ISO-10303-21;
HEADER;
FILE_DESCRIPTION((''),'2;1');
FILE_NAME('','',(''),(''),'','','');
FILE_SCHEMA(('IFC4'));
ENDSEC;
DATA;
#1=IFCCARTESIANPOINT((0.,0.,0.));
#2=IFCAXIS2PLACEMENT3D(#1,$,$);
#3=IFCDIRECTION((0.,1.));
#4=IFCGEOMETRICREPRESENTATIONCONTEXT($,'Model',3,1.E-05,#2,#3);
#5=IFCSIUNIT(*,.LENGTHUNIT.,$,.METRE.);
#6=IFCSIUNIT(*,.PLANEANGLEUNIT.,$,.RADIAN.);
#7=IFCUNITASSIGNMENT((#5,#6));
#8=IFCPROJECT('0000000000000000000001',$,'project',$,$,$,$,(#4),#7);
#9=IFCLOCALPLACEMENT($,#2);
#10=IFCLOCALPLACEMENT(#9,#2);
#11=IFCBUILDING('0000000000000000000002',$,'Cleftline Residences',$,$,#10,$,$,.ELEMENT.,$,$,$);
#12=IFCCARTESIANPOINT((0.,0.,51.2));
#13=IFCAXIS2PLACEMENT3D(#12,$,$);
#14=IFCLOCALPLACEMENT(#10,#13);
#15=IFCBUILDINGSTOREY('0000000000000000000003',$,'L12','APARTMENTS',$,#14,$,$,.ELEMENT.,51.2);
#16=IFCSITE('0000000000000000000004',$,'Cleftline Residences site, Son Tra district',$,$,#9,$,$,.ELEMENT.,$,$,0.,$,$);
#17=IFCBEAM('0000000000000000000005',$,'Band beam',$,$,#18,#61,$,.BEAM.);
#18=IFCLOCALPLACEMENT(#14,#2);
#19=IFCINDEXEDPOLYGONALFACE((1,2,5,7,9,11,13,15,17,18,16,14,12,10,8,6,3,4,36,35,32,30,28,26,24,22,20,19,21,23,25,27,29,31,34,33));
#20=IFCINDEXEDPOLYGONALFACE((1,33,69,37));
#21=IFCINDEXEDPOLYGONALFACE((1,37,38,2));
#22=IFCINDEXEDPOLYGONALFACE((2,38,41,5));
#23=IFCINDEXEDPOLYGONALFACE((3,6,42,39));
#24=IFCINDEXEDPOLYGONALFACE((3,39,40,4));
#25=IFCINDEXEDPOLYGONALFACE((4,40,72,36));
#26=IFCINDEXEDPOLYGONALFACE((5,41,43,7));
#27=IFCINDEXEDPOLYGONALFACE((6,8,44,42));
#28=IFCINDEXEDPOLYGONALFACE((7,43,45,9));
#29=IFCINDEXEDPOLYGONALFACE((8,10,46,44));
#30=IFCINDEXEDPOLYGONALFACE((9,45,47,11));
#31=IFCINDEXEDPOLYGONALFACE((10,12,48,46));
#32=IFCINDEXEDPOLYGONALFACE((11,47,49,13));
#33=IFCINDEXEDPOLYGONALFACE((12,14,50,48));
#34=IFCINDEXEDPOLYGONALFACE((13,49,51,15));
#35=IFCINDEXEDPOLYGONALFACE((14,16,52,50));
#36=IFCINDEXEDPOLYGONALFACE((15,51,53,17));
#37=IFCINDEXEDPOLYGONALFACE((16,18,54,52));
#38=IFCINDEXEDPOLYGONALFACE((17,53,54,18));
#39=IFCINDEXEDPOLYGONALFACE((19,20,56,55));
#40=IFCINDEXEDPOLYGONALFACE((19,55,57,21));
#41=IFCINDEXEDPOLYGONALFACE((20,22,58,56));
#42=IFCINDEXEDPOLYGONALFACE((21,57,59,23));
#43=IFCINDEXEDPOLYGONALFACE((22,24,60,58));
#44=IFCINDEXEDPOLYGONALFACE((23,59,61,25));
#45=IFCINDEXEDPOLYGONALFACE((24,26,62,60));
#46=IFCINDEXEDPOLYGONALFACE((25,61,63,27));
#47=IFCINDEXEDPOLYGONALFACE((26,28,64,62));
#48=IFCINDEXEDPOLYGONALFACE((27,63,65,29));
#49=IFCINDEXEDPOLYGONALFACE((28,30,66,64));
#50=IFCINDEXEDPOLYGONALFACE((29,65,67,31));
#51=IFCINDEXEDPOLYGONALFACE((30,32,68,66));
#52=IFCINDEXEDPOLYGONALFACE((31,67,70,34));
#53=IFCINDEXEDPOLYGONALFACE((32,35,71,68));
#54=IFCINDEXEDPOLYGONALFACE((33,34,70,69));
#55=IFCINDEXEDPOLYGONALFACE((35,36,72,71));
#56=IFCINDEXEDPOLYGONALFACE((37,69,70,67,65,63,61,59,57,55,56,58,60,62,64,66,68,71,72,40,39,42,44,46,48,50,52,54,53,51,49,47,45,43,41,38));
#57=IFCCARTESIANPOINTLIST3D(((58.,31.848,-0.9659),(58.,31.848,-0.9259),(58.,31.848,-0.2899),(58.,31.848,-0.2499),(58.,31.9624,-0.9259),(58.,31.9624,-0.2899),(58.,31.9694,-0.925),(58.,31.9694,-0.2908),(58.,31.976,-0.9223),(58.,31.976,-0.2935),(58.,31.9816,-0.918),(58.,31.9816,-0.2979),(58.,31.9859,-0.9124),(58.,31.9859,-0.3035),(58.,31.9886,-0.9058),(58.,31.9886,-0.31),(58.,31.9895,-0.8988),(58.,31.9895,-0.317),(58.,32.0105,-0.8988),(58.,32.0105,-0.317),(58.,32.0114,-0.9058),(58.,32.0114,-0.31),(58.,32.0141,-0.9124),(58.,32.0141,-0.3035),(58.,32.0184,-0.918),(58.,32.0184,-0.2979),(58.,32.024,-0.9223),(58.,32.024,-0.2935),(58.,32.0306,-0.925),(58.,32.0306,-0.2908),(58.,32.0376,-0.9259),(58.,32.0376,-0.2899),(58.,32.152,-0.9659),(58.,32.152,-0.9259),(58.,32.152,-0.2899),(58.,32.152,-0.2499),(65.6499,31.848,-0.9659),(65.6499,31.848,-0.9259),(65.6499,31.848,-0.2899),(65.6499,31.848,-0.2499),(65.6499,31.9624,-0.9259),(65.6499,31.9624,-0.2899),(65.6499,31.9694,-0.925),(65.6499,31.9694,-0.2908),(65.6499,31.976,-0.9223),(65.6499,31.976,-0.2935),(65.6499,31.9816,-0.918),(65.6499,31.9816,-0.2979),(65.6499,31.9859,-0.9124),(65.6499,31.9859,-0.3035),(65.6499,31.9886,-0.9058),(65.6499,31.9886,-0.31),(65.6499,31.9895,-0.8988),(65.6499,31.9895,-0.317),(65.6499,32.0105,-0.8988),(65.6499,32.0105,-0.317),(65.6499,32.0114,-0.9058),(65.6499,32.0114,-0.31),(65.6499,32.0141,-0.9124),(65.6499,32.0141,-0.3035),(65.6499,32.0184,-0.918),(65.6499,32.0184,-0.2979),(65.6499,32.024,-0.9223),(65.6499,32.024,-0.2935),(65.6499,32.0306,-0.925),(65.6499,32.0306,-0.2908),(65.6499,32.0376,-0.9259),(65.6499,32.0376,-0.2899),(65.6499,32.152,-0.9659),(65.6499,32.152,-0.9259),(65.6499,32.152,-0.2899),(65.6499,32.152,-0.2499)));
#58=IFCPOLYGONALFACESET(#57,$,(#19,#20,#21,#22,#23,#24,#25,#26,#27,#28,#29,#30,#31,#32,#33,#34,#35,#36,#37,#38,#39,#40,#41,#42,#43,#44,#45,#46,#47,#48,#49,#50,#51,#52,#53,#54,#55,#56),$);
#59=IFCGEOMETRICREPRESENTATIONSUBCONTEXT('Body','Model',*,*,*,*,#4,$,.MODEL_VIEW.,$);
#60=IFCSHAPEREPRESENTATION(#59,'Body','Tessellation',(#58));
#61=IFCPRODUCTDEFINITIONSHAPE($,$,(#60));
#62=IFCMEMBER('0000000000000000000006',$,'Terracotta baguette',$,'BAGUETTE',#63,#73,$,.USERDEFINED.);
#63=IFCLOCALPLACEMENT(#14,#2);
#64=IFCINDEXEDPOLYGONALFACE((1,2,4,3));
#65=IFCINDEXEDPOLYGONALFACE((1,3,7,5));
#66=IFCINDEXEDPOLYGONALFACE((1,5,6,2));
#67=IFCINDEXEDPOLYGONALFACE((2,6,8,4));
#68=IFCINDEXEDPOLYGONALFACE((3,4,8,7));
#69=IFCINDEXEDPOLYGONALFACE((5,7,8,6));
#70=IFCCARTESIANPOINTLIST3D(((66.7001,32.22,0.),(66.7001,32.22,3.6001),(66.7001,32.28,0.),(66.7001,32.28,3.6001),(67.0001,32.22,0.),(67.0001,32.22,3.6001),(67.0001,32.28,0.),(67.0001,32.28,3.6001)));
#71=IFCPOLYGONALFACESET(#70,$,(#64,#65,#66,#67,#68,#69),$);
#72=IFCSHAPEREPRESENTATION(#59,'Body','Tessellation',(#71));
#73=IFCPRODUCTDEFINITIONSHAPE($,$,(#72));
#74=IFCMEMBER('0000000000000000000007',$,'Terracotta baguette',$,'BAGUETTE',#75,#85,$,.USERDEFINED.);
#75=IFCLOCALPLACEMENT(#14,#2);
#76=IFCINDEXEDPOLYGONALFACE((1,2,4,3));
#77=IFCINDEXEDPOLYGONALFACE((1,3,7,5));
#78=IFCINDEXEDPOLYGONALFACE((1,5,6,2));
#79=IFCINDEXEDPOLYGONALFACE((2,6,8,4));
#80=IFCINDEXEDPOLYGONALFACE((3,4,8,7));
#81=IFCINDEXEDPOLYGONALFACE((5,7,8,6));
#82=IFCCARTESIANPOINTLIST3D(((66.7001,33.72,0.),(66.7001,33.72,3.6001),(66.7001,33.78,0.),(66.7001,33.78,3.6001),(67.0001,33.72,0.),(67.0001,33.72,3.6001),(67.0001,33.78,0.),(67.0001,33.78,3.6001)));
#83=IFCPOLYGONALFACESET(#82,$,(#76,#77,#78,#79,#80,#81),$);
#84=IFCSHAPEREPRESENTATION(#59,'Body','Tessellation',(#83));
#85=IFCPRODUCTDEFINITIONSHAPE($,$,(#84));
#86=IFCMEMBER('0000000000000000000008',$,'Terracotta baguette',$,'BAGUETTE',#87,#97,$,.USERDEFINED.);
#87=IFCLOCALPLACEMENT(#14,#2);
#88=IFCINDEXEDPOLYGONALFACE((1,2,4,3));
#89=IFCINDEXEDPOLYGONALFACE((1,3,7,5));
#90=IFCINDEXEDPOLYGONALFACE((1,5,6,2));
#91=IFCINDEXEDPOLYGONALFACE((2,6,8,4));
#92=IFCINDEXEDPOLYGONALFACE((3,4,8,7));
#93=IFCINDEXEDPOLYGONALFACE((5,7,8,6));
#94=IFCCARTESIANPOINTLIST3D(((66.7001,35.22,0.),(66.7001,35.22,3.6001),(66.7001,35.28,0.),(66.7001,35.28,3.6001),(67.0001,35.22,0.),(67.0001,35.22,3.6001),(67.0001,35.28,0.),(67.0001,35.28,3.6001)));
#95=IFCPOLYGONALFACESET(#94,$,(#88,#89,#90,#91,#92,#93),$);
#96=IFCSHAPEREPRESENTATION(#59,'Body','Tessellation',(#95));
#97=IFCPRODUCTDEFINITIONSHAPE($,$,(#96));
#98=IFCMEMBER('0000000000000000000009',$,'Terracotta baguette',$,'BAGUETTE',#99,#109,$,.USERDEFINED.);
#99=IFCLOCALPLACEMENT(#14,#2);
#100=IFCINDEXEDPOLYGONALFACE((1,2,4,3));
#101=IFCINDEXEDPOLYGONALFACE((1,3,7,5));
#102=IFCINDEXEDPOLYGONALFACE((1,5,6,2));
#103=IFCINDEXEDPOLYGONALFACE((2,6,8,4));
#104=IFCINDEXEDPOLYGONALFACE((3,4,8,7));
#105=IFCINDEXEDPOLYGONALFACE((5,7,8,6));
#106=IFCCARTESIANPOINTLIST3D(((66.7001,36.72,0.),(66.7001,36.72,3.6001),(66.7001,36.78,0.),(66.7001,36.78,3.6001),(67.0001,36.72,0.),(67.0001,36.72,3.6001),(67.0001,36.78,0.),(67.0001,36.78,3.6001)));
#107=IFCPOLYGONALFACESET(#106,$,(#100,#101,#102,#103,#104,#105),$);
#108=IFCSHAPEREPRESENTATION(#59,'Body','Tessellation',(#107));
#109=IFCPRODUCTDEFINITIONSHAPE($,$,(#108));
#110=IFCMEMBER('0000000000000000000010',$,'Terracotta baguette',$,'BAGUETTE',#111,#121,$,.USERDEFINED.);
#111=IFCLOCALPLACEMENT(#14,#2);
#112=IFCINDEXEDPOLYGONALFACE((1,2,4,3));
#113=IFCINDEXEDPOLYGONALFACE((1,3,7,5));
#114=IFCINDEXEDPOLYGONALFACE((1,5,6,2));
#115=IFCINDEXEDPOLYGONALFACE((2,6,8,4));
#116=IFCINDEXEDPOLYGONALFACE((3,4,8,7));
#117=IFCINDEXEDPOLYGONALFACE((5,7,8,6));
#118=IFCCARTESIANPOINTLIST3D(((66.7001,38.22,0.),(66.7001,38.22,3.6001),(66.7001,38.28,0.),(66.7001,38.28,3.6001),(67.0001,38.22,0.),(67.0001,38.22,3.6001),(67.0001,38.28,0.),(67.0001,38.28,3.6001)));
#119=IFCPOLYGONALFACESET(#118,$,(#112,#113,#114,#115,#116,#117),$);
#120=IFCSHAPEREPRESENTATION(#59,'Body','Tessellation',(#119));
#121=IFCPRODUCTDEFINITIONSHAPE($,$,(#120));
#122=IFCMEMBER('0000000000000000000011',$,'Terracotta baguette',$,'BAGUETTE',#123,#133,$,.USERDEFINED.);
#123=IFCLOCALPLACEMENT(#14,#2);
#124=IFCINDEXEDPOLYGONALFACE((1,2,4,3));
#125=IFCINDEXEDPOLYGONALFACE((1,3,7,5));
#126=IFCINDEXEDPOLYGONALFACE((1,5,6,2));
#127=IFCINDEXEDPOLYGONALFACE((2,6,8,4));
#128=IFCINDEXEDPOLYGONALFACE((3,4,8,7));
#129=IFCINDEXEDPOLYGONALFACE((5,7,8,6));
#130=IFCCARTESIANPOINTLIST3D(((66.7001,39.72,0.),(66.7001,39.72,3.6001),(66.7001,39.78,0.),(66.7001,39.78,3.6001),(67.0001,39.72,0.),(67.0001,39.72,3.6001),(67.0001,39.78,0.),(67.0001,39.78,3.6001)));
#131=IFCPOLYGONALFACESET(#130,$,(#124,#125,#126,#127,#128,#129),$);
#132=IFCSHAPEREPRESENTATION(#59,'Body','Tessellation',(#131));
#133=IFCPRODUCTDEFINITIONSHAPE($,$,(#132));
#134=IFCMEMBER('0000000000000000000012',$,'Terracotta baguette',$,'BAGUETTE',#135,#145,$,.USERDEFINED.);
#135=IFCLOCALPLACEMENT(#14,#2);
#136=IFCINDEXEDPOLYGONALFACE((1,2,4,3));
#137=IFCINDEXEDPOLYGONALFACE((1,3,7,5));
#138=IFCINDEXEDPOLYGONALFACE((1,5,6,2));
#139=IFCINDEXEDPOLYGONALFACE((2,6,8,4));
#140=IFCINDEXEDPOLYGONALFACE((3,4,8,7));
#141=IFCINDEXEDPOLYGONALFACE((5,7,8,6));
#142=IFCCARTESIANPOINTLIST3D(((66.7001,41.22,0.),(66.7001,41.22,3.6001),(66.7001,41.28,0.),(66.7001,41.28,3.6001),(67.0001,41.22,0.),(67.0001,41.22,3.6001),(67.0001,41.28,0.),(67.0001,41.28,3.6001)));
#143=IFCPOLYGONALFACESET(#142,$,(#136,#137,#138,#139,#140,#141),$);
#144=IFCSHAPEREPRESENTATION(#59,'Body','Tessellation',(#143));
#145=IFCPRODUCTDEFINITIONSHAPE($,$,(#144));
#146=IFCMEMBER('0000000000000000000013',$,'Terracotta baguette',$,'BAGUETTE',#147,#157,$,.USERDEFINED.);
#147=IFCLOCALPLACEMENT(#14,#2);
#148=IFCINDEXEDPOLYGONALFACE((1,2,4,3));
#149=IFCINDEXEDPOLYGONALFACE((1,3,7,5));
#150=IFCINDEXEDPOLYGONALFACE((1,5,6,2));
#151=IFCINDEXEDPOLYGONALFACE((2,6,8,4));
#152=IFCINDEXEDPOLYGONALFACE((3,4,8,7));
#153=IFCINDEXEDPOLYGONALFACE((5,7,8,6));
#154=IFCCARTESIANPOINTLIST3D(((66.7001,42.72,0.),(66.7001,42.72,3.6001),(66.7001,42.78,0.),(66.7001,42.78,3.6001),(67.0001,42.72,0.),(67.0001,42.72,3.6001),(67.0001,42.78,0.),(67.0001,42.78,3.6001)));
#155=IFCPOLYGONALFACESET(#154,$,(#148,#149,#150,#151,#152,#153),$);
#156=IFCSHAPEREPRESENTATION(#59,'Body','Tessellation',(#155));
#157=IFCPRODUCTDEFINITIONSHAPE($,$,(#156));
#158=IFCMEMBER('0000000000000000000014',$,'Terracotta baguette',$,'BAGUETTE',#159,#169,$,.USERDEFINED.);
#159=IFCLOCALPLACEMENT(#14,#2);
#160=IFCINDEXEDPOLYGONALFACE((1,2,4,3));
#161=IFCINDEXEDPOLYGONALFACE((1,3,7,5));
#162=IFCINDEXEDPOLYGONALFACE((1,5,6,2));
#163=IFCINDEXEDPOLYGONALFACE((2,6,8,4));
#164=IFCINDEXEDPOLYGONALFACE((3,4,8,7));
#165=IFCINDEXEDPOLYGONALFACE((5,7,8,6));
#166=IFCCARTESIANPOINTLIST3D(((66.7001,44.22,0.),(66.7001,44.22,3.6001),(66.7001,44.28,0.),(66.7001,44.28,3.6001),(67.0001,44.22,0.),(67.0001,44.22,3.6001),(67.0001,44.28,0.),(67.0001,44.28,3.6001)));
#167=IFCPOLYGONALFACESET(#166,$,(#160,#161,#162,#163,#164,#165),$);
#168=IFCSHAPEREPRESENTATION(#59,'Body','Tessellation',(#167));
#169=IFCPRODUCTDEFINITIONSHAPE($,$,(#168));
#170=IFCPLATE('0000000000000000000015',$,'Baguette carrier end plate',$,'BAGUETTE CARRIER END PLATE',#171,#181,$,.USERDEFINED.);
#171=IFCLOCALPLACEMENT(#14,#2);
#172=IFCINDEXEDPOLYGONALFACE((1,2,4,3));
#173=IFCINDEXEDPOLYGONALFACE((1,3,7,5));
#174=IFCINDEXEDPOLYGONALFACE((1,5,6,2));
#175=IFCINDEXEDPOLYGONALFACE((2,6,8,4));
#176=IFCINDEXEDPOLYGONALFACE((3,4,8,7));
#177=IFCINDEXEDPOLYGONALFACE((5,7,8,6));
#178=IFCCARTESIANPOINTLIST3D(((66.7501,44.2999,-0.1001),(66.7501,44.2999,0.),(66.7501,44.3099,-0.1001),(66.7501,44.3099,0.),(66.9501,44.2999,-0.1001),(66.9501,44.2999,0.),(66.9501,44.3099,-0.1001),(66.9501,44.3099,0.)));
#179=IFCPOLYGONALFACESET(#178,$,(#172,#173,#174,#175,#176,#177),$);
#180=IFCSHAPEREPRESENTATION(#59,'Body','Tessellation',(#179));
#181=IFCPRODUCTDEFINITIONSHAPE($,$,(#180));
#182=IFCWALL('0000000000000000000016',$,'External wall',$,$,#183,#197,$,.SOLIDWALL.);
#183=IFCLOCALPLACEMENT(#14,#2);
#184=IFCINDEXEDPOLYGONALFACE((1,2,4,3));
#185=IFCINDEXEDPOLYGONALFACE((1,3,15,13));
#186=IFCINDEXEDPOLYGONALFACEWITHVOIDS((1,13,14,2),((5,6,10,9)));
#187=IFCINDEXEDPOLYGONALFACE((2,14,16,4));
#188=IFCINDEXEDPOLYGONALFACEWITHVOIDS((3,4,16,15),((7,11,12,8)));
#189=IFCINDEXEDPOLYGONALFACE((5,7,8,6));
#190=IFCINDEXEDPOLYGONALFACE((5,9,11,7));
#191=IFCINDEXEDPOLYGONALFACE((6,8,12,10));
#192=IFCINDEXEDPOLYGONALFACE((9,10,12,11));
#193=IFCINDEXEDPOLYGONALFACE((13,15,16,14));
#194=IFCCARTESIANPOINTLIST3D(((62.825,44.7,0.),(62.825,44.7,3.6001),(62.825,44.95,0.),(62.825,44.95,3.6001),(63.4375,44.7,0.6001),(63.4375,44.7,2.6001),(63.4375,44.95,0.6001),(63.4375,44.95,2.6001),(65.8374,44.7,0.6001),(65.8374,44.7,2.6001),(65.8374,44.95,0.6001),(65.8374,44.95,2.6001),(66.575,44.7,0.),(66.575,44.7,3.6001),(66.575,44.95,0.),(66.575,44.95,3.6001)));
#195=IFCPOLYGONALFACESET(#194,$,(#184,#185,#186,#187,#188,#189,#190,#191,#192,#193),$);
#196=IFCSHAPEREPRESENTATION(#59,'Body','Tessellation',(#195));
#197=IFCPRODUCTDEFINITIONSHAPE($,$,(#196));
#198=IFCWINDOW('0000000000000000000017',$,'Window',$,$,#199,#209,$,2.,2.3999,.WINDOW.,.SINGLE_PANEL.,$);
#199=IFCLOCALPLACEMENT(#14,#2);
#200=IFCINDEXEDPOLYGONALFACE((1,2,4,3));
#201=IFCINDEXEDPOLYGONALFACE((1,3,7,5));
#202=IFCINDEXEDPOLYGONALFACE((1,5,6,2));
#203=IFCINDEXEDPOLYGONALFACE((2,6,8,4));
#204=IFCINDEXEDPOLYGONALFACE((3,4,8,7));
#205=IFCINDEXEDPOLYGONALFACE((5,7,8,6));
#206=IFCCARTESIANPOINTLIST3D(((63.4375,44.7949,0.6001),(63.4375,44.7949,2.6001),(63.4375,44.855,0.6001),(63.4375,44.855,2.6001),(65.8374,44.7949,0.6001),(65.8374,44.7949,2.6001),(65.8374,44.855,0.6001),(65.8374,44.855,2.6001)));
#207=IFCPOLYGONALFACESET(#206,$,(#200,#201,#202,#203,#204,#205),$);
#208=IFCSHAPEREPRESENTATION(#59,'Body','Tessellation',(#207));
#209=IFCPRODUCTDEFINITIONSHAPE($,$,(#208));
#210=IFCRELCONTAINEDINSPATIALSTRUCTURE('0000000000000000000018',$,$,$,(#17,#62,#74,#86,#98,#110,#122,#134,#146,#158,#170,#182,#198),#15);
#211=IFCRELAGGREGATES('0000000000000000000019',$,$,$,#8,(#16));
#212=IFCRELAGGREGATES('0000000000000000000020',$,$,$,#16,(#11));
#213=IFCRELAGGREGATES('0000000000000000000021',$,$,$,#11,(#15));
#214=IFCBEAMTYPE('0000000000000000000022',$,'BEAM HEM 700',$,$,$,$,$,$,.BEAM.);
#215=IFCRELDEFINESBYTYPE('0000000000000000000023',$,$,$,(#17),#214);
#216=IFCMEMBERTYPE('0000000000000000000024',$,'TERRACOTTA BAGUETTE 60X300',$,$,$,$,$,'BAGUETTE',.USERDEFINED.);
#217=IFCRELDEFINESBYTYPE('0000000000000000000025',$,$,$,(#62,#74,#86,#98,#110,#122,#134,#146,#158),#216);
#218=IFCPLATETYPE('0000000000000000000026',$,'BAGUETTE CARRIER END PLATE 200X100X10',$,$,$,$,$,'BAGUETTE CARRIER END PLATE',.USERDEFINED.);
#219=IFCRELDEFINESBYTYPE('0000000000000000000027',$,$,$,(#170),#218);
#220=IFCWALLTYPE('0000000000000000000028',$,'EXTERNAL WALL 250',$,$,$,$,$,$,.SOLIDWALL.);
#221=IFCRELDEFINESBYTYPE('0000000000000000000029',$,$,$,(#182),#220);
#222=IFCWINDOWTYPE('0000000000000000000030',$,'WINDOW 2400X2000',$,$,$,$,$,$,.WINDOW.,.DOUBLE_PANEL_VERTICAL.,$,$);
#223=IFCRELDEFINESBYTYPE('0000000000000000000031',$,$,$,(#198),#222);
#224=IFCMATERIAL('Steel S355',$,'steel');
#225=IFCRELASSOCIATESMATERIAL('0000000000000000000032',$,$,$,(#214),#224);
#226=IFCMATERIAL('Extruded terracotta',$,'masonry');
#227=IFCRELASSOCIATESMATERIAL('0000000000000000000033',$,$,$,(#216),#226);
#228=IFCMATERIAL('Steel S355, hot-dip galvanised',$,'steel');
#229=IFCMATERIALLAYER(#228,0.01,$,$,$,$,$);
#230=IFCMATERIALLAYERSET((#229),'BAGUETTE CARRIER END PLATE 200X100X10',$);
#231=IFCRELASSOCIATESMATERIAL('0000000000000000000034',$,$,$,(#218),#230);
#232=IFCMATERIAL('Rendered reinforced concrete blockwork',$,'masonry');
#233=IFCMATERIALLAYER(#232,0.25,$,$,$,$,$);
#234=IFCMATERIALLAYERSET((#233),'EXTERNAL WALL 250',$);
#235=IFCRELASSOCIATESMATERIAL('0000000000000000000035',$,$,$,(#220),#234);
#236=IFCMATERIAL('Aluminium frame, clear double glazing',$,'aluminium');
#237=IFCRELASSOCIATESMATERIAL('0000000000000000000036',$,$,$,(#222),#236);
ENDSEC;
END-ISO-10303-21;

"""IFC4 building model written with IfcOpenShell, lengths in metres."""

from ifc_helpers import new_model, si_unit, direction, frame, frame_2d, origin, origin_2d, place, context, subcontext, project, spatial, rectangle, i_section, extrude, material, layer, layer_set, material_profile, profile_set, type_object, element, fill, save


model = new_model("IFC4")

# Units and contexts
model_context = context("Model", 3, precision=1e-05, world=origin(), true_north=direction((0.0, 1.0)))
body_context = subcontext(model_context, "Body", "Model", "MODEL_VIEW")
ifc_project = project(units=[si_unit("LENGTHUNIT", "METRE"), si_unit("PLANEANGLEUNIT", "RADIAN")], contexts=[model_context])

# Site, building, storey
site_placement = place(None, origin())
site = spatial("IfcSite", under=ifc_project, at=site_placement, Name="Cleftline Residences site, Son Tra district", CompositionType="ELEMENT", RefElevation=0.0)
building_placement = place(site_placement, origin())
building = spatial("IfcBuilding", under=site, at=building_placement, Name="Cleftline Residences", CompositionType="ELEMENT")
storey_placement = place(building_placement, frame((0.0, 0.0, 51.2)))
storey = spatial("IfcBuildingStorey", under=building, at=storey_placement, Name="L12", Description="APARTMENTS", CompositionType="ELEMENT", Elevation=51.2)

# Beam
ifc_material_1 = material(Name="Steel S355", Category="steel")
ifc_material_profile_1 = material_profile(ifc_material_1, i_section(OverallWidth=0.304, OverallDepth=0.7161, WebThickness=0.021, FlangeThickness=0.04, FilletRadius=0.0271, at=origin_2d()))
ifc_profile_set_1 = profile_set([ifc_material_profile_1], Name="Steel S355")
beam_type_1 = type_object("IfcBeamType", Name="BEAM HEM 700", PredefinedType="BEAM", material=ifc_profile_set_1)
beam_placement = place(storey_placement, frame((65.6499, 32.0, -0.6079), z_axis=(-1.0, 0.0, 0.0), x_axis=(0.0, -1.0, 0.0)))
element("IfcBeam", 1, at=beam_placement, inside=storey, type_object=beam_type_1, Name="Band beam", PredefinedType="BEAM", context=body_context, shape_type="SweptSolid", body=[
    extrude(i_section(OverallWidth=0.304, OverallDepth=0.7161, WebThickness=0.021, FlangeThickness=0.04, FilletRadius=0.0271, at=origin_2d()), origin(), (0.0, 0.0, 1.0), 7.6499),
])

# Members
ifc_material_2 = material(Name="Extruded terracotta", Category="masonry")
ifc_material_profile_2 = material_profile(ifc_material_2, rectangle(XDim=0.0601, YDim=0.3, at=origin_2d()))
ifc_profile_set_2 = profile_set([ifc_material_profile_2], Name="Extruded terracotta")
member_type_1 = type_object("IfcMemberType", Name="TERRACOTTA BAGUETTE 60X300", ElementType="BAGUETTE", PredefinedType="USERDEFINED", material=ifc_profile_set_2)
for number, where, z_axis, x_axis, name in (
    (2, (66.8501, 32.25, 0.0), (0.0, 0.0, 1.0), (0.0, 1.0, 0.0), "Terracotta baguette"),
    (3, (66.8501, 33.75, 0.0), (0.0, 0.0, 1.0), (0.0, 1.0, 0.0), "Terracotta baguette"),
    (4, (66.8501, 35.25, 0.0), (0.0, 0.0, 1.0), (0.0, 1.0, 0.0), "Terracotta baguette"),
    (5, (66.8501, 36.75, 0.0), (0.0, 0.0, 1.0), (0.0, 1.0, 0.0), "Terracotta baguette"),
    (6, (66.8501, 38.25, 0.0), (0.0, 0.0, 1.0), (0.0, 1.0, 0.0), "Terracotta baguette"),
    (7, (66.8501, 39.75, 0.0), (0.0, 0.0, 1.0), (0.0, 1.0, 0.0), "Terracotta baguette"),
    (8, (66.8501, 41.25, 0.0), (0.0, 0.0, 1.0), (0.0, 1.0, 0.0), "Terracotta baguette"),
    (9, (66.8501, 42.75, 0.0), (0.0, 0.0, 1.0), (0.0, 1.0, 0.0), "Terracotta baguette"),
    (10, (66.8501, 44.25, 0.0), (0.0, 0.0, 1.0), (0.0, 1.0, 0.0), "Terracotta baguette"),
):
    element("IfcMember", number, at=place(storey_placement, frame(where, z_axis=z_axis, x_axis=x_axis)), inside=storey, type_object=member_type_1, Name=name, ObjectType="BAGUETTE", PredefinedType="USERDEFINED", context=body_context, shape_type="SweptSolid", body=[
        extrude(rectangle(XDim=0.0601, YDim=0.3, at=origin_2d()), origin(), (0.0, 0.0, 1.0), 3.6001),
    ])

# Plate
ifc_material_3 = material(Name="Steel S355, hot-dip galvanised", Category="steel")
ifc_layer_1 = layer(ifc_material_3, 0.01)
ifc_layer_set_1 = layer_set([ifc_layer_1], Name="BAGUETTE CARRIER END PLATE 200X100X10")
plate_type = type_object("IfcPlateType", Name="BAGUETTE CARRIER END PLATE 200X100X10", ElementType="BAGUETTE CARRIER END PLATE", PredefinedType="USERDEFINED", material=ifc_layer_set_1)
plate_placement = place(storey_placement, frame((66.8501, 44.3049, -0.1001), z_axis=(0.0, 0.0, 1.0), x_axis=(1.0, 0.0, 0.0)))
element("IfcPlate", 11, at=plate_placement, inside=storey, type_object=plate_type, Name="Baguette carrier end plate", ObjectType="BAGUETTE CARRIER END PLATE", PredefinedType="USERDEFINED", context=body_context, shape_type="SweptSolid", body=[
    extrude(rectangle(XDim=0.2, YDim=0.01, at=origin_2d()), origin(), (0.0, 0.0, 1.0), 0.1001),
])

# Wall, opening, window
ifc_material_4 = material(Name="Rendered reinforced concrete blockwork", Category="masonry")
ifc_layer_2 = layer(ifc_material_4, 0.25)
ifc_layer_set_2 = layer_set([ifc_layer_2], Name="EXTERNAL WALL 250")
wall_type_1 = type_object("IfcWallType", Name="EXTERNAL WALL 250", PredefinedType="SOLIDWALL", material=ifc_layer_set_2)
wall_1_placement = place(storey_placement, frame((66.575, 44.825, 0.0), z_axis=(0.0, 0.0, 1.0), x_axis=(-1.0, 0.0, 0.0)))
wall_1 = element("IfcWall", 12, at=wall_1_placement, inside=storey, type_object=wall_type_1, Name="External wall", PredefinedType="SOLIDWALL", context=body_context, shape_type="SweptSolid", body=[
    extrude(rectangle(XDim=3.75, YDim=0.25, at=frame_2d((1.875, 0.0))), origin(), (0.0, 0.0, 1.0), 3.6001),
])
opening_1_placement = place(wall_1_placement, frame((0.7375, 0.0, 0.6001)))
opening_1 = element("IfcOpeningElement", 13, at=opening_1_placement, cuts=wall_1, PredefinedType="OPENING", context=body_context, shape_type="SweptSolid", body=[
    extrude(rectangle(XDim=2.3999, YDim=2.0, at=frame_2d((1.2, 1.0))), frame((0.0, 0.135, 0.0), z_axis=(0.0, -1.0, 0.0), x_axis=(1.0, 0.0, 0.0)), (0.0, 0.0, 1.0), 0.27),
])
ifc_material_5 = material(Name="Aluminium frame, clear double glazing", Category="aluminium")
window_type_1 = type_object("IfcWindowType", Name="WINDOW 2400X2000", PartitioningType="DOUBLE_PANEL_VERTICAL", PredefinedType="WINDOW", material=ifc_material_5)
window_1_placement = place(opening_1_placement, origin())
window_1 = element("IfcWindow", 14, at=window_1_placement, inside=storey, type_object=window_type_1, Name="Window", OverallHeight=2.0, OverallWidth=2.3999, PartitioningType="SINGLE_PANEL", PredefinedType="WINDOW", context=body_context, shape_type="SweptSolid", body=[
    extrude(rectangle(XDim=2.3999, YDim=2.0, at=frame_2d((1.2, 1.0))), frame((0.0, 0.03, 0.0), z_axis=(0.0, -1.0, 0.0), x_axis=(1.0, 0.0, 0.0)), (0.0, 0.0, 1.0), 0.0601),
])
fill(opening_1, window_1)

save(model, "model.ifc")
